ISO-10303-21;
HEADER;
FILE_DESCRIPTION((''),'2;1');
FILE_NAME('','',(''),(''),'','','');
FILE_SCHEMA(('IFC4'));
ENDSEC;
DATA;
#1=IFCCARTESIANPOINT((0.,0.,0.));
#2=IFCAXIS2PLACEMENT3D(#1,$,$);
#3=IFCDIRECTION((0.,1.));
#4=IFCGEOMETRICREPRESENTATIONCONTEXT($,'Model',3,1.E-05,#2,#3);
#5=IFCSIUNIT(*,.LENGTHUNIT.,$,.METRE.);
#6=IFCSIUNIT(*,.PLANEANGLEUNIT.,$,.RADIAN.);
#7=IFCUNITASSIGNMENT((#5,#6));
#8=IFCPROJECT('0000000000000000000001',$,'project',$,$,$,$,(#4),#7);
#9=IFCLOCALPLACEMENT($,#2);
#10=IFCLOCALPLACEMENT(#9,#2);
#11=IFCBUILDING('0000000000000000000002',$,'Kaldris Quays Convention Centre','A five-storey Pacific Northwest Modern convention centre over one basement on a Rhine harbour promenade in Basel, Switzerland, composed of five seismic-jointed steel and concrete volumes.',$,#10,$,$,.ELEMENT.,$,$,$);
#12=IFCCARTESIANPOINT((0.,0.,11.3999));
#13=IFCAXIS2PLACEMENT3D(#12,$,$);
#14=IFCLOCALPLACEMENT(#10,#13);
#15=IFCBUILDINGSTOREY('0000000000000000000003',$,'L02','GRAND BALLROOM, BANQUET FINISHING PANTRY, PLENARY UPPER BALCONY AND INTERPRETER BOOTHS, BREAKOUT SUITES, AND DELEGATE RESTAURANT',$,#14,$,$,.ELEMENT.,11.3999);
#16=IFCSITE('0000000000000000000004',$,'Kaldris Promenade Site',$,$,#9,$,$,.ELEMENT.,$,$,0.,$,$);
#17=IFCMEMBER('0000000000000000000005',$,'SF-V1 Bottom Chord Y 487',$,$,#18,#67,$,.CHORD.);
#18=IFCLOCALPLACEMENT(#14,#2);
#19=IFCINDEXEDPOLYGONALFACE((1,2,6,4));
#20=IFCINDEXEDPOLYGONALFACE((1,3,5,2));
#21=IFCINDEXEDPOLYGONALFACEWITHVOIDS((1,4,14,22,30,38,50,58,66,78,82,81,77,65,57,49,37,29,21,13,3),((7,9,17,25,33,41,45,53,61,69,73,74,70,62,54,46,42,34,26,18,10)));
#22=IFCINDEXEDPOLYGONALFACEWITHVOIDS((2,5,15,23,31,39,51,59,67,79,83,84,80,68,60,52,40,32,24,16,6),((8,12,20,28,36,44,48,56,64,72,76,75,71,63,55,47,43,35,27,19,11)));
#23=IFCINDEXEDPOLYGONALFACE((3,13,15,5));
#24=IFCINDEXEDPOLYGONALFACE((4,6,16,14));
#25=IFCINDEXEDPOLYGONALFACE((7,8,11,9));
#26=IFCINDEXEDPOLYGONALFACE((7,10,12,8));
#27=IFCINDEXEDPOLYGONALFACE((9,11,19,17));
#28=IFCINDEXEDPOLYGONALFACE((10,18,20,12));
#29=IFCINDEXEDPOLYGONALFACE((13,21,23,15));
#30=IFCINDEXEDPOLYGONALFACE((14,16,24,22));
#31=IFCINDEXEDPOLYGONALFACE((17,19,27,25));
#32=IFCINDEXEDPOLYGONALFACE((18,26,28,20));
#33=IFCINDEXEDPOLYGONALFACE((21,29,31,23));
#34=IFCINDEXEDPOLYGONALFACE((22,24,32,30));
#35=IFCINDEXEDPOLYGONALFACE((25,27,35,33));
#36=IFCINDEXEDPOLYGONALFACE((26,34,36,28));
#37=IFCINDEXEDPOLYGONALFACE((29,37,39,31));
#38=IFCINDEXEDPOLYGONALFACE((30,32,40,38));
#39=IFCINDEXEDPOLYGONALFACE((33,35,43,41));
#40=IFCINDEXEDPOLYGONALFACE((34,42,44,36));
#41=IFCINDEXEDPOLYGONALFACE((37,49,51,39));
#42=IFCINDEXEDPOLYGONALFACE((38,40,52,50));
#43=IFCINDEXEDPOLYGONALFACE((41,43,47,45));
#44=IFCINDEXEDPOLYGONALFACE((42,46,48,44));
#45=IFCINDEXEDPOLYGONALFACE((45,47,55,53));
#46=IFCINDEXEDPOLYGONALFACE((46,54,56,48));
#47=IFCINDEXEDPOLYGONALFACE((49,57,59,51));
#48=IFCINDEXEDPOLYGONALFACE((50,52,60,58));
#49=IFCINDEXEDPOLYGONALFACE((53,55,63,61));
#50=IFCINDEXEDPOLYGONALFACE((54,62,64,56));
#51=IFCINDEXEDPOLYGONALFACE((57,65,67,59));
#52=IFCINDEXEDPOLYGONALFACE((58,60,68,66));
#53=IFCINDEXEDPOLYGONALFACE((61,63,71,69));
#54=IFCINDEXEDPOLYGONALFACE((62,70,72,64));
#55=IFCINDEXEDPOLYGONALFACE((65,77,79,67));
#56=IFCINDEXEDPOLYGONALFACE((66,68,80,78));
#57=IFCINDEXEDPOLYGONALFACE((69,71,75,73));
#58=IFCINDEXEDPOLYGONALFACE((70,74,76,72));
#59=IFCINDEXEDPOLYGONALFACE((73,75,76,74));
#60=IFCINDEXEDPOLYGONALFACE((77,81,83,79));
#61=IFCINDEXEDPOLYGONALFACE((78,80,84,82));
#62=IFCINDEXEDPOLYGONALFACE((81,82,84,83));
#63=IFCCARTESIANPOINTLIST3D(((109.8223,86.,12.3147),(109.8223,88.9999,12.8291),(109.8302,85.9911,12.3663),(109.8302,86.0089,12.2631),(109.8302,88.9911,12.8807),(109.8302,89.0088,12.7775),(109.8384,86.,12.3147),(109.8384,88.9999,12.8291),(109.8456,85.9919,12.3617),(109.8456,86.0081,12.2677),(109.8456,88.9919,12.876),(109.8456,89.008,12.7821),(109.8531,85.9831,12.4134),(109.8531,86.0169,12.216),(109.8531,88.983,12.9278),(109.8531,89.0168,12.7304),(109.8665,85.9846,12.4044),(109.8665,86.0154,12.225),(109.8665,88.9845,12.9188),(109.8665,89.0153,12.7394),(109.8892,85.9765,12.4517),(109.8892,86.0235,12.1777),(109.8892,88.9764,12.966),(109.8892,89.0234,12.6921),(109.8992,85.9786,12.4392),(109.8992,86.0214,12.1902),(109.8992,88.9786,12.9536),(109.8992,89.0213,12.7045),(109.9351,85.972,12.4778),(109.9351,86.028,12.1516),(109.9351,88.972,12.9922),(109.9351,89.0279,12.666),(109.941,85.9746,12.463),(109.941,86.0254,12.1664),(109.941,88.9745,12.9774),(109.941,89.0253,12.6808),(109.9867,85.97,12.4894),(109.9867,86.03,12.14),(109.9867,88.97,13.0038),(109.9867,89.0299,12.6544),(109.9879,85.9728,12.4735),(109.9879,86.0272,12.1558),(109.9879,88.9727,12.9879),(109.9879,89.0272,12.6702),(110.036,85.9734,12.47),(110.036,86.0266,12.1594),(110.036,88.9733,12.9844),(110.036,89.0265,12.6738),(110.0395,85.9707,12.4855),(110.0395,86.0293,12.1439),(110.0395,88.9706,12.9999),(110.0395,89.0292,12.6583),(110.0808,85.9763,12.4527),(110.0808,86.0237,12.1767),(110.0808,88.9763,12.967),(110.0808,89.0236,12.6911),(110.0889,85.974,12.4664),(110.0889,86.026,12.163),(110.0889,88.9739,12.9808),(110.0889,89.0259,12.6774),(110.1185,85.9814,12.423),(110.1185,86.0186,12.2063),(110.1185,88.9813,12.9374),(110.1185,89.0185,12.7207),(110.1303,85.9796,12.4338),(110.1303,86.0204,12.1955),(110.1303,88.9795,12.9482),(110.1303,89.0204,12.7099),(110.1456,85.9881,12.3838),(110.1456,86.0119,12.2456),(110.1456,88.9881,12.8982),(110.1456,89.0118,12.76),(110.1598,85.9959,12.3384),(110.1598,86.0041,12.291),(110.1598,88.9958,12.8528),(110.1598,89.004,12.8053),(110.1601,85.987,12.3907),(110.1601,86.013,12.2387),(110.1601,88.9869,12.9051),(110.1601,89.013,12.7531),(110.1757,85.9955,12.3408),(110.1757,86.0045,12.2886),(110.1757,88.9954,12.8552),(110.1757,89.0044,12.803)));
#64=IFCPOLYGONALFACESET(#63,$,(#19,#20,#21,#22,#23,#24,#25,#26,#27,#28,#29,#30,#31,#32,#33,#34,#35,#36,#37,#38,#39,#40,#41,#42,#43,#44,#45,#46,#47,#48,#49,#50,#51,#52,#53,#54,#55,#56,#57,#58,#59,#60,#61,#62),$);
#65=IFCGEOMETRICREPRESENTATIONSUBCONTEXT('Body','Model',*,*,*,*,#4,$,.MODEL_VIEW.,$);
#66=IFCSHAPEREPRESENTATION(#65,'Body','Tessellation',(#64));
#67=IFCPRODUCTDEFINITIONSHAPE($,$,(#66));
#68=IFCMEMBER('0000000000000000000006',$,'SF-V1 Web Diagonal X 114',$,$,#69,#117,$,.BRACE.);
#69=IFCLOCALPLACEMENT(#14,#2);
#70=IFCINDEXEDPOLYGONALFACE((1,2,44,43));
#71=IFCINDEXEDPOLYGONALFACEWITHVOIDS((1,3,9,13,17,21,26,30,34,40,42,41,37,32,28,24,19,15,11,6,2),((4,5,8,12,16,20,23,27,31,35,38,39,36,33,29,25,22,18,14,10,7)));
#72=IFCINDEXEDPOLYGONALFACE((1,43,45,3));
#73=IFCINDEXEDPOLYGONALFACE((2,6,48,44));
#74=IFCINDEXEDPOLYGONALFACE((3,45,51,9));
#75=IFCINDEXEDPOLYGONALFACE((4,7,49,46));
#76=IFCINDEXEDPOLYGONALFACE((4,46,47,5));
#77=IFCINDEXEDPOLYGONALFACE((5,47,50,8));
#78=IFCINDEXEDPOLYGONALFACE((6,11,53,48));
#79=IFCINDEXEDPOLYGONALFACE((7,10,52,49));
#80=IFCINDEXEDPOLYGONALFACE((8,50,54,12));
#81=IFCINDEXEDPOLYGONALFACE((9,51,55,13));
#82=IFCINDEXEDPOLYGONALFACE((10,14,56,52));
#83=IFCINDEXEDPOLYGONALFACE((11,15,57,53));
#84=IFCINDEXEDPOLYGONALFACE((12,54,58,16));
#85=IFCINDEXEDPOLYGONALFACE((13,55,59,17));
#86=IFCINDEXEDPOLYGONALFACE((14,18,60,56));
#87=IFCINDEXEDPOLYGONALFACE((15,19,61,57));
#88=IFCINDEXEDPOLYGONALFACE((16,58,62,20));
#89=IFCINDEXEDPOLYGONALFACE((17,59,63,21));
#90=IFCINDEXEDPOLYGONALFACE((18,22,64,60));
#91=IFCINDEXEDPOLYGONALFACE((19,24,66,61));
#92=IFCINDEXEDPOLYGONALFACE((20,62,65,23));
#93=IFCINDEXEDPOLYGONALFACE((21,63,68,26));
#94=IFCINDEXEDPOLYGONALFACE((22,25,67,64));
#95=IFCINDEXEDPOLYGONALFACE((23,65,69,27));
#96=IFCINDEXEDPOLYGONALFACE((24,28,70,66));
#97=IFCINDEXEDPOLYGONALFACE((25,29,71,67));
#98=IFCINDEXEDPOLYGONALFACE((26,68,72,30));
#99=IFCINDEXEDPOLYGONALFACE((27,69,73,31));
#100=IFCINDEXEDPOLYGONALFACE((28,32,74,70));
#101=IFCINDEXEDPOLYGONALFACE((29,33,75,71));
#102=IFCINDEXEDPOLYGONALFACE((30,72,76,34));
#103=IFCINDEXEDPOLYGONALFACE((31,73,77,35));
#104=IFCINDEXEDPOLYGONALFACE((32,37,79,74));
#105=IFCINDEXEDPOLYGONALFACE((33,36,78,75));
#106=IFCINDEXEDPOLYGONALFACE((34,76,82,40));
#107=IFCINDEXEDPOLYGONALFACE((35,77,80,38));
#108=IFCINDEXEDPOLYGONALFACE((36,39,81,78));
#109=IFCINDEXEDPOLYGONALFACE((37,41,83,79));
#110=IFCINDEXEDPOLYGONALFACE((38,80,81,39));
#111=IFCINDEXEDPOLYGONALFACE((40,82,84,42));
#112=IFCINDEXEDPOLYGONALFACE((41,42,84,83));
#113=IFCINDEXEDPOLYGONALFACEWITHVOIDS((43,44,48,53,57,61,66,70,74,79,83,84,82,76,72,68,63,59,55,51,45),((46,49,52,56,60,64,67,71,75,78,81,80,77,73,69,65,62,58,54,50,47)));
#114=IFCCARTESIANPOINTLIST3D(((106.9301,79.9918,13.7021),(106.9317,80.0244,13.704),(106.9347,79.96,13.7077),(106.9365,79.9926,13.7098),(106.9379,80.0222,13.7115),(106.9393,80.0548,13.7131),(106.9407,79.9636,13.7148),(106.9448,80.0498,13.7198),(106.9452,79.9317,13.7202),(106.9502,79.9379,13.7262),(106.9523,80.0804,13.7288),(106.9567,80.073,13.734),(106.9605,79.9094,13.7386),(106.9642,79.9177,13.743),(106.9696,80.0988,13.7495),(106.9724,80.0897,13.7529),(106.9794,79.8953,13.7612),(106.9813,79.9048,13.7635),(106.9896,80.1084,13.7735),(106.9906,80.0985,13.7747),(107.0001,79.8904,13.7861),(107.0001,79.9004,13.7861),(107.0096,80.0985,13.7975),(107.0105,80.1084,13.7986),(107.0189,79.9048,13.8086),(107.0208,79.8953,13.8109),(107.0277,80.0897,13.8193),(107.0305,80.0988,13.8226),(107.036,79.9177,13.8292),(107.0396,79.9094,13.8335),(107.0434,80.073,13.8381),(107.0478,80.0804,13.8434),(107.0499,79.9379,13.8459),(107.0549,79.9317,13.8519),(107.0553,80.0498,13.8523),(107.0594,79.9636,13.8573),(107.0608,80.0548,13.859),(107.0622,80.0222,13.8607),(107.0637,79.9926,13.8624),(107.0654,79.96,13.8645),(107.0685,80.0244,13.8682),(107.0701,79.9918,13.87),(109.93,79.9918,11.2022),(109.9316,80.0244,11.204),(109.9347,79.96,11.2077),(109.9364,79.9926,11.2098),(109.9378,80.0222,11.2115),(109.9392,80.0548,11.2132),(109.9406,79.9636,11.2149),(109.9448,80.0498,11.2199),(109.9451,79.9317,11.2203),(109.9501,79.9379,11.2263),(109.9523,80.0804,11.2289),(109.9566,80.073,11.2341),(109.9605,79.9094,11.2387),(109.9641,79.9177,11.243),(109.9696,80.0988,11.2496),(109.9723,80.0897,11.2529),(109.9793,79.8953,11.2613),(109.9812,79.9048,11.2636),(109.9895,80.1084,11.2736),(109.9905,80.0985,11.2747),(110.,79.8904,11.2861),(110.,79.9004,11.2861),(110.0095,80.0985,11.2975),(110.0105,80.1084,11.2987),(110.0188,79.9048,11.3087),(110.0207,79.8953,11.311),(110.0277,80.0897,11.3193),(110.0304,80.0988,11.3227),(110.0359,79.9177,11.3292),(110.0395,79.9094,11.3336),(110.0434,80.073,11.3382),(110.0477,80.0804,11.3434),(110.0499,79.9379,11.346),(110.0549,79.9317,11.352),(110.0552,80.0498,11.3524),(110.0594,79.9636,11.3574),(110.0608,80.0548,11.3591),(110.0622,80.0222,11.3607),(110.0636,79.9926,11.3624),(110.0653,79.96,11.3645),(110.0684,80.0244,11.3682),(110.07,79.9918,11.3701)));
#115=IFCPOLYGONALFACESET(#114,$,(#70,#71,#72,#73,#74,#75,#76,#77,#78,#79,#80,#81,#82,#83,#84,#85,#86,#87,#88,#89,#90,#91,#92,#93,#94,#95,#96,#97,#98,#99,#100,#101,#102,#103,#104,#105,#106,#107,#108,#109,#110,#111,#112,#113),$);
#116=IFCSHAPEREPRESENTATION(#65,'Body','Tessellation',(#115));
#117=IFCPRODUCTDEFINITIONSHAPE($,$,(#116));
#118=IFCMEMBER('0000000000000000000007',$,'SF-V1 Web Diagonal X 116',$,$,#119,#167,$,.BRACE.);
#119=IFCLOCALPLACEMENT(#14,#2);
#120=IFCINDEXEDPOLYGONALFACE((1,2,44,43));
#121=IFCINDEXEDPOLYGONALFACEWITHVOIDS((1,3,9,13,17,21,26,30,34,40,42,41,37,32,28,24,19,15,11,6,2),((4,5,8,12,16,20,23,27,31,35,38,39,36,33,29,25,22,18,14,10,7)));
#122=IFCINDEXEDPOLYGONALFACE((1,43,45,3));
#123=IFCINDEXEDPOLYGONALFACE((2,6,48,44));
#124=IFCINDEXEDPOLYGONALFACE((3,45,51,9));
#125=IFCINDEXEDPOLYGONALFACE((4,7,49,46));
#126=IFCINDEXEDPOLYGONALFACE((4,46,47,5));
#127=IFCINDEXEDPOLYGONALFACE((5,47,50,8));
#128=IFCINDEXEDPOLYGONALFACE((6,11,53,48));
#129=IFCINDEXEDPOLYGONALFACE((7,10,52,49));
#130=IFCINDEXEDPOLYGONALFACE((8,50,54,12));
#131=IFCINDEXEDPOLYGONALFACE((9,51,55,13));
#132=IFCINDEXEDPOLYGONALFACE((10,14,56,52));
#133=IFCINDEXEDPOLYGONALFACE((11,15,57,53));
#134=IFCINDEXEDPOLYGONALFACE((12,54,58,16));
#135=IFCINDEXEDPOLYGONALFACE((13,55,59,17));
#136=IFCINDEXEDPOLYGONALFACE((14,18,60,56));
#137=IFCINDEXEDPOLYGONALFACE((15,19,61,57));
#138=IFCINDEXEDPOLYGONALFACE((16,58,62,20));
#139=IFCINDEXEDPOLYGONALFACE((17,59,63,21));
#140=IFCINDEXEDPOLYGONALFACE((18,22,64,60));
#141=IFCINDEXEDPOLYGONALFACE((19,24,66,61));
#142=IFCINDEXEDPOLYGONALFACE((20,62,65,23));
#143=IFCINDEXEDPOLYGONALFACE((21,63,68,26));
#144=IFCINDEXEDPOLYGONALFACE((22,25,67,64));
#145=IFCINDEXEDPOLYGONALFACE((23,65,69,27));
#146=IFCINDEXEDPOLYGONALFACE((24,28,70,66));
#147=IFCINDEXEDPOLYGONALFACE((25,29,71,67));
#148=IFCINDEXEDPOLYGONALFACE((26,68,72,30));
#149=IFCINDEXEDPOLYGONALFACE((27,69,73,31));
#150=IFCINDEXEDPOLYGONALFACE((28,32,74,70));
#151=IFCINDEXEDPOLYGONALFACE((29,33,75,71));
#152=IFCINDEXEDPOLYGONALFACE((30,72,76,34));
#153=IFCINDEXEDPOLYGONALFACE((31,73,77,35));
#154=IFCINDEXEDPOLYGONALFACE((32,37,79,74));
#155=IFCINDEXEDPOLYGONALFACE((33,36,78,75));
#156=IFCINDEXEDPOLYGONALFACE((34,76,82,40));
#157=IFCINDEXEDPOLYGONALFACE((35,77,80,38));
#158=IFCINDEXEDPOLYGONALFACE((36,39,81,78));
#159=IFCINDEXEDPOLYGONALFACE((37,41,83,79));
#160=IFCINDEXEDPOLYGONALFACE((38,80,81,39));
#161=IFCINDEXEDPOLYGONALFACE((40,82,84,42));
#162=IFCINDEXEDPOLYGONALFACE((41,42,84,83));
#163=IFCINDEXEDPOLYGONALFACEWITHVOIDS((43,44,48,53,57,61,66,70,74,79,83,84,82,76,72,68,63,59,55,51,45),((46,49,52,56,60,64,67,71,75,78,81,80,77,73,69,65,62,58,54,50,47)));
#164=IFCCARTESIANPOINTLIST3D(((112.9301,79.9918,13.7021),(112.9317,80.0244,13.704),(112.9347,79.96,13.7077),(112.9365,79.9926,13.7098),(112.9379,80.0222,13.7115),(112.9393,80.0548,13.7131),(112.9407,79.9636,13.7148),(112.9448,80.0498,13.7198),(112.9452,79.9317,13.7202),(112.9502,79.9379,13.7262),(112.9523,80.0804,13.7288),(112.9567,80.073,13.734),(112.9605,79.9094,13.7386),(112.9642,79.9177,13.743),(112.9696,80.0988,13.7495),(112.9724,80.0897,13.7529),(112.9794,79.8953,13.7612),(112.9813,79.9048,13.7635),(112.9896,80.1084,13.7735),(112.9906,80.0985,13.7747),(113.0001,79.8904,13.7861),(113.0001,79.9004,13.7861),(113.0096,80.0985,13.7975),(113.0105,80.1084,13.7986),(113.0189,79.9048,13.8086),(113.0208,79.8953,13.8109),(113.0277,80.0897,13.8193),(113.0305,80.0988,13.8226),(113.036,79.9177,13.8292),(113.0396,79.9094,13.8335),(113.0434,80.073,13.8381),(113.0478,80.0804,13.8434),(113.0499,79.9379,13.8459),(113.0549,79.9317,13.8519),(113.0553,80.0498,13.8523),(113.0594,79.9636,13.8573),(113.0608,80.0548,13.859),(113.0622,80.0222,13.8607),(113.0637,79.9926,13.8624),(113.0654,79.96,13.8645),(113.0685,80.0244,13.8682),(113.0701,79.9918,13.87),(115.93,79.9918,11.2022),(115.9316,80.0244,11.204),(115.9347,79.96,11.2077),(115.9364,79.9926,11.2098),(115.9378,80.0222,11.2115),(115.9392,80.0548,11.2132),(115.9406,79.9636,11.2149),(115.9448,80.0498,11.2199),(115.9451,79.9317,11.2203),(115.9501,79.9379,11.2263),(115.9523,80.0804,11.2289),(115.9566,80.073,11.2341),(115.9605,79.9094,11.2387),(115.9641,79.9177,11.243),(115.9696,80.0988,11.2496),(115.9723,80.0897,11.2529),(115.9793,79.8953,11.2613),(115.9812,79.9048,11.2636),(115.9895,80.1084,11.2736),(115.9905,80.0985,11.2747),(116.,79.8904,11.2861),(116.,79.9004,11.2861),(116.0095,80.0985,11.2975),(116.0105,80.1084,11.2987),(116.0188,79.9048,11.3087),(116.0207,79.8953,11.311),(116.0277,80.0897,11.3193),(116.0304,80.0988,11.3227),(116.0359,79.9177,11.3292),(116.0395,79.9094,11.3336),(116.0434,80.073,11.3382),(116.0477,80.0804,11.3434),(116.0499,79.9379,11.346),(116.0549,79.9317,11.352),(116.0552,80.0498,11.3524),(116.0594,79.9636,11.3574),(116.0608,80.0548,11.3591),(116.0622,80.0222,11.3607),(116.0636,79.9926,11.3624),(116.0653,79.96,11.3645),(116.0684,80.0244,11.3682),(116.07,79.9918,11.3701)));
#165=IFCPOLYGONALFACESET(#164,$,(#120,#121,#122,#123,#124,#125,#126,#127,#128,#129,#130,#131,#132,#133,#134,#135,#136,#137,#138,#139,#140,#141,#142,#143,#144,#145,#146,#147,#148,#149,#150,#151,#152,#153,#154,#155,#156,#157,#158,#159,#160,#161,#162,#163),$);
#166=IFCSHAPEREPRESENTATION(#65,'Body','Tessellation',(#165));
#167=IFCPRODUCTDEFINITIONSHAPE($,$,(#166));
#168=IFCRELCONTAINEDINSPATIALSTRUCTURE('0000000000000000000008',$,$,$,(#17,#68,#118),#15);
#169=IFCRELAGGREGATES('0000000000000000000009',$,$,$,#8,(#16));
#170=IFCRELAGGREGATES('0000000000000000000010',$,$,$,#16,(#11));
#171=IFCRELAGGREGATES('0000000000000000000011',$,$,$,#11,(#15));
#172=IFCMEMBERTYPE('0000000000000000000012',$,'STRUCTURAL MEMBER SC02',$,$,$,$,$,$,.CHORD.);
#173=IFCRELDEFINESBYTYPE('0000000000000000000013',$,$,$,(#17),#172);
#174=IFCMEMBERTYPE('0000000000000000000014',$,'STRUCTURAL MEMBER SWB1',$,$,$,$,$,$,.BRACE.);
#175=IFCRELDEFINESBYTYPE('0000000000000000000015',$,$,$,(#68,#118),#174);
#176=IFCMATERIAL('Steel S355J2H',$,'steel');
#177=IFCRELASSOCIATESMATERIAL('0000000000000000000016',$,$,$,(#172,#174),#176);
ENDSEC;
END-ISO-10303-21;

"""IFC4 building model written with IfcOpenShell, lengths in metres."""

from ifc_helpers import new_model, si_unit, direction, frame, origin, origin_2d, place, context, subcontext, project, spatial, hollow_circle, extrude, material, material_profile, profile_set, type_object, element, save


model = new_model("IFC4")

# Units and contexts
model_context = context("Model", 3, precision=1e-05, world=origin(), true_north=direction((0.0, 1.0)))
body_context = subcontext(model_context, "Body", "Model", "MODEL_VIEW")
ifc_project = project(units=[si_unit("LENGTHUNIT", "METRE"), si_unit("PLANEANGLEUNIT", "RADIAN")], contexts=[model_context])

# Site, building, storey
site_placement = place(None, origin())
site = spatial("IfcSite", under=ifc_project, at=site_placement, Name="Kaldris Promenade Site", CompositionType="ELEMENT", RefElevation=0.0)
building_placement = place(site_placement, origin())
building = spatial("IfcBuilding", under=site, at=building_placement, Name="Kaldris Quays Convention Centre", Description="A five-storey Pacific Northwest Modern convention centre over one basement on a Rhine harbour promenade in Basel, Switzerland, composed of five seismic-jointed steel and concrete volumes.", CompositionType="ELEMENT")
storey_placement = place(building_placement, frame((0.0, 0.0, 11.3999)))
storey = spatial("IfcBuildingStorey", under=building, at=storey_placement, Name="L02", Description="GRAND BALLROOM, BANQUET FINISHING PANTRY, PLENARY UPPER BALCONY AND INTERPRETER BOOTHS, BREAKOUT SUITES, AND DELEGATE RESTAURANT", CompositionType="ELEMENT", Elevation=11.3999)

# Members
ifc_material_1 = material(Name="Steel S355J2H", Category="steel")
ifc_material_profile_1 = material_profile(ifc_material_1, hollow_circle(Radius=0.1777, WallThickness=0.0161, at=origin_2d()), Name="CHS 355.6x16")
ifc_profile_set_1 = profile_set([ifc_material_profile_1], Name="Steel S355J2H")
member_type_1 = type_object("IfcMemberType", Name="STRUCTURAL MEMBER SC02", PredefinedType="CHORD", material=ifc_profile_set_1)
for number, where, z_axis, x_axis, name in (
    (1, (110.0, 86.0, 12.3147), (0.0, 0.985616, 0.169002), (-1.0, 0.0, 0.0), "SF-V1 Bottom Chord Y 487"),
):
    element("IfcMember", number, at=place(storey_placement, frame(where, z_axis=z_axis, x_axis=x_axis)), inside=storey, type_object=member_type_1, Name=name, PredefinedType="CHORD", context=body_context, shape_type="SweptSolid", body=[
        extrude(hollow_circle(Radius=0.1777, WallThickness=0.0161, at=origin_2d()), origin(), (0.0, 0.0, 1.0), 3.0437),
    ])
ifc_material_profile_2 = material_profile(ifc_material_1, hollow_circle(Radius=0.1096, WallThickness=0.01, at=origin_2d()), Name="CHS 219.1x10")
ifc_profile_set_2 = profile_set([ifc_material_profile_2], Name="Steel S355J2H")
member_type_2 = type_object("IfcMemberType", Name="STRUCTURAL MEMBER SWB1", PredefinedType="BRACE", material=ifc_profile_set_2)
for number, where, z_axis, x_axis, name in (
    (2, (110.0, 80.0, 11.2861), (-0.768221, 0.0, 0.640184), (0.0, -1.0, 0.0), "SF-V1 Web Diagonal X 114"),
    (3, (116.0, 80.0, 11.2861), (-0.768221, 0.0, 0.640184), (0.0, -1.0, 0.0), "SF-V1 Web Diagonal X 116"),
):
    element("IfcMember", number, at=place(storey_placement, frame(where, z_axis=z_axis, x_axis=x_axis)), inside=storey, type_object=member_type_2, Name=name, PredefinedType="BRACE", context=body_context, shape_type="SweptSolid", body=[
        extrude(hollow_circle(Radius=0.1096, WallThickness=0.01, at=origin_2d()), origin(), (0.0, 0.0, 1.0), 3.905),
    ])

save(model, "model.ifc")
